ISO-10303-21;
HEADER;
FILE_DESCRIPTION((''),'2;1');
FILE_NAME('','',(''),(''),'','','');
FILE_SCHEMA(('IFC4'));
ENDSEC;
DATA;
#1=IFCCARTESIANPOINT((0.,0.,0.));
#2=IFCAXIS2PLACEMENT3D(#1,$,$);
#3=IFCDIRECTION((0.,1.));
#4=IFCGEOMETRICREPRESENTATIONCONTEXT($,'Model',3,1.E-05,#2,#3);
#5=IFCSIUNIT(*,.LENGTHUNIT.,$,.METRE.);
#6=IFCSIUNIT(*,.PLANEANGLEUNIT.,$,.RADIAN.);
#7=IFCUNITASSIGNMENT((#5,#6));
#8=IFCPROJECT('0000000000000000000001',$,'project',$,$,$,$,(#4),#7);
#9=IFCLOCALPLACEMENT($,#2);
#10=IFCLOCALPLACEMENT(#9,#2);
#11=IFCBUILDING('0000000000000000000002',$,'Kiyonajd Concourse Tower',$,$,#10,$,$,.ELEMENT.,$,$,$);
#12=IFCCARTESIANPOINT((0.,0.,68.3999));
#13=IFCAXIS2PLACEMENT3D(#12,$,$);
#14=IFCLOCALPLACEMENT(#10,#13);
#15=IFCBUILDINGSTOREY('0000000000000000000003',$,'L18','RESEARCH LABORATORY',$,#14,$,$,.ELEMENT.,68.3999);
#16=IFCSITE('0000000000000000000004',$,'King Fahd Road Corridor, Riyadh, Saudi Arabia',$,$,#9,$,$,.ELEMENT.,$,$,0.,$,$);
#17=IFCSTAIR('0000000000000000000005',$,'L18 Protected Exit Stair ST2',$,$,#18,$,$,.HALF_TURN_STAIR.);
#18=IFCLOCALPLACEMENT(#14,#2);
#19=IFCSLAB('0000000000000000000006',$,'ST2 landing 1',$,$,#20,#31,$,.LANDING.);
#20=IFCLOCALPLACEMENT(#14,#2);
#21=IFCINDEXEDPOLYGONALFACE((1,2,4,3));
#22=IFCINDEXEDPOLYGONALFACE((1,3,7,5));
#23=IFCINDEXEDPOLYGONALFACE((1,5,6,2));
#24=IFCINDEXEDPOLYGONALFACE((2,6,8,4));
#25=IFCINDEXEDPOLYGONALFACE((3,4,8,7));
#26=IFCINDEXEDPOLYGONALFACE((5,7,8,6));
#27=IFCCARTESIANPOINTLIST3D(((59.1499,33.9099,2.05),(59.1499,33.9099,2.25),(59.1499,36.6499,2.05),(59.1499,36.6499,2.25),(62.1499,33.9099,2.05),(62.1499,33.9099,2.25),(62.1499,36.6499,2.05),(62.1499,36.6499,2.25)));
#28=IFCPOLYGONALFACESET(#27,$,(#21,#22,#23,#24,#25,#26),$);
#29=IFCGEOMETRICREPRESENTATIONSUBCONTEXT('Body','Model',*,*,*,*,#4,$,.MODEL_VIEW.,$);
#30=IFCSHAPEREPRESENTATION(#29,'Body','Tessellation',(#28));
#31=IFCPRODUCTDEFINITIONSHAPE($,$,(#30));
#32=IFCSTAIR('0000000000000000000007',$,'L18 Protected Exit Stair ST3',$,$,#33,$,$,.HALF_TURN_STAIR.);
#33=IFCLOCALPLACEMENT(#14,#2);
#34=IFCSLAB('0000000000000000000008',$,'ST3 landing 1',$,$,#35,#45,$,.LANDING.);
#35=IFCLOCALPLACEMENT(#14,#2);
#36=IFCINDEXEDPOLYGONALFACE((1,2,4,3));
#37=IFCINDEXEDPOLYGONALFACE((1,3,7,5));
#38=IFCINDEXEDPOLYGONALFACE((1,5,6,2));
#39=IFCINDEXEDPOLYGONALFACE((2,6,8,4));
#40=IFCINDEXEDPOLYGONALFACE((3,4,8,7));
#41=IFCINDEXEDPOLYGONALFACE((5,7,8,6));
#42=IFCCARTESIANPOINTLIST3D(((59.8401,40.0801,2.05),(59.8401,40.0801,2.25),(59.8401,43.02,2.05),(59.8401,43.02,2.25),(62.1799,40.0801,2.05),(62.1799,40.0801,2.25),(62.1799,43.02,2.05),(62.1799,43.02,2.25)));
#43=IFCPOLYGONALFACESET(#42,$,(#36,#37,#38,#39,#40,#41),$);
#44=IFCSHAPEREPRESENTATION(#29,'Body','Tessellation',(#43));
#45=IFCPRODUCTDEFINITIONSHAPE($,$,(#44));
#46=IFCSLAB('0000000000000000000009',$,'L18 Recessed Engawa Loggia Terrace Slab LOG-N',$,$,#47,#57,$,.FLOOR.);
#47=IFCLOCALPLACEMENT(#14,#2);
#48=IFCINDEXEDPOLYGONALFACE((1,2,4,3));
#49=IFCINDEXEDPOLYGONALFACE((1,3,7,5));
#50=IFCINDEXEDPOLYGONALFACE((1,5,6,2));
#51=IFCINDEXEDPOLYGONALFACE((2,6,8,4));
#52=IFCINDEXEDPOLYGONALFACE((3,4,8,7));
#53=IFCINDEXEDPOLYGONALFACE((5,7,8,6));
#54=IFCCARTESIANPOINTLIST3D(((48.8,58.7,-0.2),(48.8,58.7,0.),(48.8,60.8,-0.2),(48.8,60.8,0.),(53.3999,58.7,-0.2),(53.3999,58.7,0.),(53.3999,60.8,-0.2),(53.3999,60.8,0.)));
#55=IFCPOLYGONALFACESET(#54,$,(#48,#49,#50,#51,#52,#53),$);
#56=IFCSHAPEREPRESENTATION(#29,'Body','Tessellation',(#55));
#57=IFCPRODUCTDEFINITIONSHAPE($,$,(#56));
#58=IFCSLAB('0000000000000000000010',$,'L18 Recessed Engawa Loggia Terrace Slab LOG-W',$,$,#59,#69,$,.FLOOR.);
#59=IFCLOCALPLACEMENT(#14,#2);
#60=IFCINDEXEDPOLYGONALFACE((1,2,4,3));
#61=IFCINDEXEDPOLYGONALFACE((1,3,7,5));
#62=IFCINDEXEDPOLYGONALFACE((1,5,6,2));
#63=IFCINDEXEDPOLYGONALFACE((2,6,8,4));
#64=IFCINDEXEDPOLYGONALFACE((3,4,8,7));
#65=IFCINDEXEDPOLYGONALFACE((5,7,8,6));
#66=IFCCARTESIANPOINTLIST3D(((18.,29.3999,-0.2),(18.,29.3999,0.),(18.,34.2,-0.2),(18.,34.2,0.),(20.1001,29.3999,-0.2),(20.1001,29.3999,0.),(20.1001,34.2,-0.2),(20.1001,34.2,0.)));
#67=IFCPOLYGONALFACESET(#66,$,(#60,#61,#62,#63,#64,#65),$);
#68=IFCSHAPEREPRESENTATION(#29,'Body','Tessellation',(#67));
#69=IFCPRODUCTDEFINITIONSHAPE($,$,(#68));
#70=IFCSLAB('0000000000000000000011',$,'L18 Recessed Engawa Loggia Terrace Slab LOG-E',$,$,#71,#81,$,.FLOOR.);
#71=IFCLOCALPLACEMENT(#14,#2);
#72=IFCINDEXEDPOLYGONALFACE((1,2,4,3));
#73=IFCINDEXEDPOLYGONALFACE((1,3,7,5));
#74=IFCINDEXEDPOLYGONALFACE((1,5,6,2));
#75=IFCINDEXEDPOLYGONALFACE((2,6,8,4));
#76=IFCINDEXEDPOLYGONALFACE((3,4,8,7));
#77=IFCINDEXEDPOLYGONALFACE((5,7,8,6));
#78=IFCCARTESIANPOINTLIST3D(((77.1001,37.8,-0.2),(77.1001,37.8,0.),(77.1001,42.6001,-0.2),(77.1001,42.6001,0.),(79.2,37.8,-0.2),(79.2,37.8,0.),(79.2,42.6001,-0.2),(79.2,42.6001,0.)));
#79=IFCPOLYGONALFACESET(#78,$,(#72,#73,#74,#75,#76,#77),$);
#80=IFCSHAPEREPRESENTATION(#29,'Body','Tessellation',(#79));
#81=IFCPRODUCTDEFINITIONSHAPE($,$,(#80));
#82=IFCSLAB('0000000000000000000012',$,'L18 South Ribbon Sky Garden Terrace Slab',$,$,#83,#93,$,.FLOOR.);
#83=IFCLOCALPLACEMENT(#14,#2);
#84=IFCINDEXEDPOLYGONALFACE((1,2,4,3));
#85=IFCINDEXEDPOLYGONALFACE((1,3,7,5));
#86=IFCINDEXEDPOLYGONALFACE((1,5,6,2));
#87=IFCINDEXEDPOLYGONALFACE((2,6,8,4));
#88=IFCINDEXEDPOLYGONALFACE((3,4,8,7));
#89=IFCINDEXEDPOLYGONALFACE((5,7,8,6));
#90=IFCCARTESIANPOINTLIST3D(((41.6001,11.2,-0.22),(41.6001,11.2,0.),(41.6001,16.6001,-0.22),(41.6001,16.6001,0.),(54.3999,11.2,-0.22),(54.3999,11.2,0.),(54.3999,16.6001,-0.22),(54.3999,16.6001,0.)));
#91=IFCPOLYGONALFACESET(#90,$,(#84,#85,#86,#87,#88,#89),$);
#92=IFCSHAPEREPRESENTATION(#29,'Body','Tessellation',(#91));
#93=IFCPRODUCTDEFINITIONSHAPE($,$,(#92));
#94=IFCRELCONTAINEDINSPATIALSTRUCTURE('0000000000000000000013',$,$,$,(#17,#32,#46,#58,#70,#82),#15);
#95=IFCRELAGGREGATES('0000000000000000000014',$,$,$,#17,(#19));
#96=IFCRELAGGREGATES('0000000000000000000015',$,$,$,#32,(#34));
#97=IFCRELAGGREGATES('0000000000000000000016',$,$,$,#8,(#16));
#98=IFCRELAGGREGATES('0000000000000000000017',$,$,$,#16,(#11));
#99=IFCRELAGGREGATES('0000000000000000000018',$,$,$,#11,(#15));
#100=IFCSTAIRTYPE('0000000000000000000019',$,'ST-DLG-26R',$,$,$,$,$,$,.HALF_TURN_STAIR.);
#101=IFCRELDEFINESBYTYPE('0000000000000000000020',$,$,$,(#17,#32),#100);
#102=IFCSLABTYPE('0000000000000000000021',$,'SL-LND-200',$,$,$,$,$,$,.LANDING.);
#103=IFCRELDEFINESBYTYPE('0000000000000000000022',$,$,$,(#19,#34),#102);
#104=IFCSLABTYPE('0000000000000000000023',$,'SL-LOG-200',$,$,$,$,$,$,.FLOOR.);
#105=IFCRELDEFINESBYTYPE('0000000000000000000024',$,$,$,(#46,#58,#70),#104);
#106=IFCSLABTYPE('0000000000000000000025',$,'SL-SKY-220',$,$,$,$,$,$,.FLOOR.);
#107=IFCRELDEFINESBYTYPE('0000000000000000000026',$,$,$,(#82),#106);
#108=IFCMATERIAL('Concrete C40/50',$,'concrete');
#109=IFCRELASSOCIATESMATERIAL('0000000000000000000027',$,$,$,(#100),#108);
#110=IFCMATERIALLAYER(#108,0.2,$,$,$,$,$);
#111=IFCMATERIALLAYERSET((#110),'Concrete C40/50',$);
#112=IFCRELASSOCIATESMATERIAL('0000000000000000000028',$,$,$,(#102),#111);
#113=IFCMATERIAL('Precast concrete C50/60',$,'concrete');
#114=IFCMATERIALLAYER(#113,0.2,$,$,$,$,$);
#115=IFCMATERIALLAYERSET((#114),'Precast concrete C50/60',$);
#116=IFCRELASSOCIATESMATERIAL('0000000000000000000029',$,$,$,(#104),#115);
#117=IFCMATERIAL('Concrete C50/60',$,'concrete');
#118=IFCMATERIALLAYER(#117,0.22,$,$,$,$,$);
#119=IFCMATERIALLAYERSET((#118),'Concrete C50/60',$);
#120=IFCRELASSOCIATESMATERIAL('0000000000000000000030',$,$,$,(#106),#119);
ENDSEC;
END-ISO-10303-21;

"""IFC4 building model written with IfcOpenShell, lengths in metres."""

from ifc_helpers import new_model, si_unit, direction, frame, origin, place, context, subcontext, project, spatial, polyline, outline, extrude, material, layer, layer_set, type_object, element, aggregate, save


model = new_model("IFC4")

# Units and contexts
model_context = context("Model", 3, precision=1e-05, world=origin(), true_north=direction((0.0, 1.0)))
body_context = subcontext(model_context, "Body", "Model", "MODEL_VIEW")
ifc_project = project(units=[si_unit("LENGTHUNIT", "METRE"), si_unit("PLANEANGLEUNIT", "RADIAN")], contexts=[model_context])

# Site, building, storey
site_placement = place(None, origin())
site = spatial("IfcSite", under=ifc_project, at=site_placement, Name="King Fahd Road Corridor, Riyadh, Saudi Arabia", CompositionType="ELEMENT", RefElevation=0.0)
building_placement = place(site_placement, origin())
building = spatial("IfcBuilding", under=site, at=building_placement, Name="Kiyonajd Concourse Tower", CompositionType="ELEMENT")
storey_placement = place(building_placement, frame((0.0, 0.0, 68.3999)))
storey = spatial("IfcBuildingStorey", under=building, at=storey_placement, Name="L18", Description="RESEARCH LABORATORY", CompositionType="ELEMENT", Elevation=68.3999)

# Shared definitions
ifc_material_1 = material(Name="Precast concrete C50/60", Category="concrete")

# Stairs, slabs
ifc_material_2 = material(Name="Concrete C40/50", Category="concrete")
stair_type = type_object("IfcStairType", Name="ST-DLG-26R", PredefinedType="HALF_TURN_STAIR", material=ifc_material_2)
ifc_layer_1 = layer(ifc_material_2, 0.2)
ifc_layer_set_1 = layer_set([ifc_layer_1], Name="Concrete C40/50")
slab_type_1 = type_object("IfcSlabType", Name="SL-LND-200", PredefinedType="LANDING", material=ifc_layer_set_1)
stair_1_placement = place(storey_placement, origin())
stair_1 = element("IfcStair", 1, at=stair_1_placement, inside=storey, type_object=stair_type, Name="L18 Protected Exit Stair ST2", PredefinedType="HALF_TURN_STAIR")
slab_1_placement = place(storey_placement, frame((0.0, 0.0, 2.05)))
slab_1 = element("IfcSlab", 2, at=slab_1_placement, type_object=slab_type_1, Name="ST2 landing 1", PredefinedType="LANDING", context=body_context, shape_type="SweptSolid", body=[
    extrude(outline(polyline([(62.1499, 33.9099), (62.1499, 36.6499), (59.1499, 36.6499), (59.1499, 33.9099), (62.1499, 33.9099)])), origin(), (0.0, 0.0, 1.0), 0.2),
])
aggregate(stair_1, [slab_1])
stair_2_placement = place(storey_placement, origin())
stair_2 = element("IfcStair", 3, at=stair_2_placement, inside=storey, type_object=stair_type, Name="L18 Protected Exit Stair ST3", PredefinedType="HALF_TURN_STAIR")
slab_2_placement = place(storey_placement, frame((0.0, 0.0, 2.05)))
slab_2 = element("IfcSlab", 4, at=slab_2_placement, type_object=slab_type_1, Name="ST3 landing 1", PredefinedType="LANDING", context=body_context, shape_type="SweptSolid", body=[
    extrude(outline(polyline([(59.8401, 40.0801), (62.1799, 40.0801), (62.1799, 43.02), (59.8401, 43.02), (59.8401, 40.0801)])), origin(), (0.0, 0.0, 1.0), 0.2),
])
aggregate(stair_2, [slab_2])

# Slabs
ifc_layer_2 = layer(ifc_material_1, 0.2)
ifc_layer_set_2 = layer_set([ifc_layer_2], Name="Precast concrete C50/60")
slab_type_2 = type_object("IfcSlabType", Name="SL-LOG-200", PredefinedType="FLOOR", material=ifc_layer_set_2)
slab_3_placement = place(storey_placement, frame((0.0, 0.0, -0.2)))
element("IfcSlab", 5, at=slab_3_placement, inside=storey, type_object=slab_type_2, Name="L18 Recessed Engawa Loggia Terrace Slab LOG-N", PredefinedType="FLOOR", context=body_context, shape_type="SweptSolid", body=[
    extrude(outline(polyline([(48.8, 58.7), (53.3999, 58.7), (53.3999, 60.8), (48.8, 60.8), (48.8, 58.7)])), origin(), (0.0, 0.0, 1.0), 0.2),
])
slab_4_placement = place(storey_placement, frame((0.0, 0.0, -0.2)))
element("IfcSlab", 6, at=slab_4_placement, inside=storey, type_object=slab_type_2, Name="L18 Recessed Engawa Loggia Terrace Slab LOG-W", PredefinedType="FLOOR", context=body_context, shape_type="SweptSolid", body=[
    extrude(outline(polyline([(18.0, 29.3999), (20.1001, 29.3999), (20.1001, 34.2), (18.0, 34.2), (18.0, 29.3999)])), origin(), (0.0, 0.0, 1.0), 0.2),
])
slab_5_placement = place(storey_placement, frame((0.0, 0.0, -0.2)))
element("IfcSlab", 7, at=slab_5_placement, inside=storey, type_object=slab_type_2, Name="L18 Recessed Engawa Loggia Terrace Slab LOG-E", PredefinedType="FLOOR", context=body_context, shape_type="SweptSolid", body=[
    extrude(outline(polyline([(77.1001, 37.8), (79.2, 37.8), (79.2, 42.6001), (77.1001, 42.6001), (77.1001, 37.8)])), origin(), (0.0, 0.0, 1.0), 0.2),
])
ifc_material_3 = material(Name="Concrete C50/60", Category="concrete")
ifc_layer_3 = layer(ifc_material_3, 0.22)
ifc_layer_set_3 = layer_set([ifc_layer_3], Name="Concrete C50/60")
slab_type_3 = type_object("IfcSlabType", Name="SL-SKY-220", PredefinedType="FLOOR", material=ifc_layer_set_3)
slab_6_placement = place(storey_placement, frame((0.0, 0.0, -0.22)))
element("IfcSlab", 8, at=slab_6_placement, inside=storey, type_object=slab_type_3, Name="L18 South Ribbon Sky Garden Terrace Slab", PredefinedType="FLOOR", context=body_context, shape_type="SweptSolid", body=[
    extrude(outline(polyline([(41.6001, 11.2), (54.3999, 11.2), (54.3999, 16.6001), (41.6001, 16.6001), (41.6001, 11.2)])), origin(), (0.0, 0.0, 1.0), 0.22),
])

save(model, "model.ifc")
